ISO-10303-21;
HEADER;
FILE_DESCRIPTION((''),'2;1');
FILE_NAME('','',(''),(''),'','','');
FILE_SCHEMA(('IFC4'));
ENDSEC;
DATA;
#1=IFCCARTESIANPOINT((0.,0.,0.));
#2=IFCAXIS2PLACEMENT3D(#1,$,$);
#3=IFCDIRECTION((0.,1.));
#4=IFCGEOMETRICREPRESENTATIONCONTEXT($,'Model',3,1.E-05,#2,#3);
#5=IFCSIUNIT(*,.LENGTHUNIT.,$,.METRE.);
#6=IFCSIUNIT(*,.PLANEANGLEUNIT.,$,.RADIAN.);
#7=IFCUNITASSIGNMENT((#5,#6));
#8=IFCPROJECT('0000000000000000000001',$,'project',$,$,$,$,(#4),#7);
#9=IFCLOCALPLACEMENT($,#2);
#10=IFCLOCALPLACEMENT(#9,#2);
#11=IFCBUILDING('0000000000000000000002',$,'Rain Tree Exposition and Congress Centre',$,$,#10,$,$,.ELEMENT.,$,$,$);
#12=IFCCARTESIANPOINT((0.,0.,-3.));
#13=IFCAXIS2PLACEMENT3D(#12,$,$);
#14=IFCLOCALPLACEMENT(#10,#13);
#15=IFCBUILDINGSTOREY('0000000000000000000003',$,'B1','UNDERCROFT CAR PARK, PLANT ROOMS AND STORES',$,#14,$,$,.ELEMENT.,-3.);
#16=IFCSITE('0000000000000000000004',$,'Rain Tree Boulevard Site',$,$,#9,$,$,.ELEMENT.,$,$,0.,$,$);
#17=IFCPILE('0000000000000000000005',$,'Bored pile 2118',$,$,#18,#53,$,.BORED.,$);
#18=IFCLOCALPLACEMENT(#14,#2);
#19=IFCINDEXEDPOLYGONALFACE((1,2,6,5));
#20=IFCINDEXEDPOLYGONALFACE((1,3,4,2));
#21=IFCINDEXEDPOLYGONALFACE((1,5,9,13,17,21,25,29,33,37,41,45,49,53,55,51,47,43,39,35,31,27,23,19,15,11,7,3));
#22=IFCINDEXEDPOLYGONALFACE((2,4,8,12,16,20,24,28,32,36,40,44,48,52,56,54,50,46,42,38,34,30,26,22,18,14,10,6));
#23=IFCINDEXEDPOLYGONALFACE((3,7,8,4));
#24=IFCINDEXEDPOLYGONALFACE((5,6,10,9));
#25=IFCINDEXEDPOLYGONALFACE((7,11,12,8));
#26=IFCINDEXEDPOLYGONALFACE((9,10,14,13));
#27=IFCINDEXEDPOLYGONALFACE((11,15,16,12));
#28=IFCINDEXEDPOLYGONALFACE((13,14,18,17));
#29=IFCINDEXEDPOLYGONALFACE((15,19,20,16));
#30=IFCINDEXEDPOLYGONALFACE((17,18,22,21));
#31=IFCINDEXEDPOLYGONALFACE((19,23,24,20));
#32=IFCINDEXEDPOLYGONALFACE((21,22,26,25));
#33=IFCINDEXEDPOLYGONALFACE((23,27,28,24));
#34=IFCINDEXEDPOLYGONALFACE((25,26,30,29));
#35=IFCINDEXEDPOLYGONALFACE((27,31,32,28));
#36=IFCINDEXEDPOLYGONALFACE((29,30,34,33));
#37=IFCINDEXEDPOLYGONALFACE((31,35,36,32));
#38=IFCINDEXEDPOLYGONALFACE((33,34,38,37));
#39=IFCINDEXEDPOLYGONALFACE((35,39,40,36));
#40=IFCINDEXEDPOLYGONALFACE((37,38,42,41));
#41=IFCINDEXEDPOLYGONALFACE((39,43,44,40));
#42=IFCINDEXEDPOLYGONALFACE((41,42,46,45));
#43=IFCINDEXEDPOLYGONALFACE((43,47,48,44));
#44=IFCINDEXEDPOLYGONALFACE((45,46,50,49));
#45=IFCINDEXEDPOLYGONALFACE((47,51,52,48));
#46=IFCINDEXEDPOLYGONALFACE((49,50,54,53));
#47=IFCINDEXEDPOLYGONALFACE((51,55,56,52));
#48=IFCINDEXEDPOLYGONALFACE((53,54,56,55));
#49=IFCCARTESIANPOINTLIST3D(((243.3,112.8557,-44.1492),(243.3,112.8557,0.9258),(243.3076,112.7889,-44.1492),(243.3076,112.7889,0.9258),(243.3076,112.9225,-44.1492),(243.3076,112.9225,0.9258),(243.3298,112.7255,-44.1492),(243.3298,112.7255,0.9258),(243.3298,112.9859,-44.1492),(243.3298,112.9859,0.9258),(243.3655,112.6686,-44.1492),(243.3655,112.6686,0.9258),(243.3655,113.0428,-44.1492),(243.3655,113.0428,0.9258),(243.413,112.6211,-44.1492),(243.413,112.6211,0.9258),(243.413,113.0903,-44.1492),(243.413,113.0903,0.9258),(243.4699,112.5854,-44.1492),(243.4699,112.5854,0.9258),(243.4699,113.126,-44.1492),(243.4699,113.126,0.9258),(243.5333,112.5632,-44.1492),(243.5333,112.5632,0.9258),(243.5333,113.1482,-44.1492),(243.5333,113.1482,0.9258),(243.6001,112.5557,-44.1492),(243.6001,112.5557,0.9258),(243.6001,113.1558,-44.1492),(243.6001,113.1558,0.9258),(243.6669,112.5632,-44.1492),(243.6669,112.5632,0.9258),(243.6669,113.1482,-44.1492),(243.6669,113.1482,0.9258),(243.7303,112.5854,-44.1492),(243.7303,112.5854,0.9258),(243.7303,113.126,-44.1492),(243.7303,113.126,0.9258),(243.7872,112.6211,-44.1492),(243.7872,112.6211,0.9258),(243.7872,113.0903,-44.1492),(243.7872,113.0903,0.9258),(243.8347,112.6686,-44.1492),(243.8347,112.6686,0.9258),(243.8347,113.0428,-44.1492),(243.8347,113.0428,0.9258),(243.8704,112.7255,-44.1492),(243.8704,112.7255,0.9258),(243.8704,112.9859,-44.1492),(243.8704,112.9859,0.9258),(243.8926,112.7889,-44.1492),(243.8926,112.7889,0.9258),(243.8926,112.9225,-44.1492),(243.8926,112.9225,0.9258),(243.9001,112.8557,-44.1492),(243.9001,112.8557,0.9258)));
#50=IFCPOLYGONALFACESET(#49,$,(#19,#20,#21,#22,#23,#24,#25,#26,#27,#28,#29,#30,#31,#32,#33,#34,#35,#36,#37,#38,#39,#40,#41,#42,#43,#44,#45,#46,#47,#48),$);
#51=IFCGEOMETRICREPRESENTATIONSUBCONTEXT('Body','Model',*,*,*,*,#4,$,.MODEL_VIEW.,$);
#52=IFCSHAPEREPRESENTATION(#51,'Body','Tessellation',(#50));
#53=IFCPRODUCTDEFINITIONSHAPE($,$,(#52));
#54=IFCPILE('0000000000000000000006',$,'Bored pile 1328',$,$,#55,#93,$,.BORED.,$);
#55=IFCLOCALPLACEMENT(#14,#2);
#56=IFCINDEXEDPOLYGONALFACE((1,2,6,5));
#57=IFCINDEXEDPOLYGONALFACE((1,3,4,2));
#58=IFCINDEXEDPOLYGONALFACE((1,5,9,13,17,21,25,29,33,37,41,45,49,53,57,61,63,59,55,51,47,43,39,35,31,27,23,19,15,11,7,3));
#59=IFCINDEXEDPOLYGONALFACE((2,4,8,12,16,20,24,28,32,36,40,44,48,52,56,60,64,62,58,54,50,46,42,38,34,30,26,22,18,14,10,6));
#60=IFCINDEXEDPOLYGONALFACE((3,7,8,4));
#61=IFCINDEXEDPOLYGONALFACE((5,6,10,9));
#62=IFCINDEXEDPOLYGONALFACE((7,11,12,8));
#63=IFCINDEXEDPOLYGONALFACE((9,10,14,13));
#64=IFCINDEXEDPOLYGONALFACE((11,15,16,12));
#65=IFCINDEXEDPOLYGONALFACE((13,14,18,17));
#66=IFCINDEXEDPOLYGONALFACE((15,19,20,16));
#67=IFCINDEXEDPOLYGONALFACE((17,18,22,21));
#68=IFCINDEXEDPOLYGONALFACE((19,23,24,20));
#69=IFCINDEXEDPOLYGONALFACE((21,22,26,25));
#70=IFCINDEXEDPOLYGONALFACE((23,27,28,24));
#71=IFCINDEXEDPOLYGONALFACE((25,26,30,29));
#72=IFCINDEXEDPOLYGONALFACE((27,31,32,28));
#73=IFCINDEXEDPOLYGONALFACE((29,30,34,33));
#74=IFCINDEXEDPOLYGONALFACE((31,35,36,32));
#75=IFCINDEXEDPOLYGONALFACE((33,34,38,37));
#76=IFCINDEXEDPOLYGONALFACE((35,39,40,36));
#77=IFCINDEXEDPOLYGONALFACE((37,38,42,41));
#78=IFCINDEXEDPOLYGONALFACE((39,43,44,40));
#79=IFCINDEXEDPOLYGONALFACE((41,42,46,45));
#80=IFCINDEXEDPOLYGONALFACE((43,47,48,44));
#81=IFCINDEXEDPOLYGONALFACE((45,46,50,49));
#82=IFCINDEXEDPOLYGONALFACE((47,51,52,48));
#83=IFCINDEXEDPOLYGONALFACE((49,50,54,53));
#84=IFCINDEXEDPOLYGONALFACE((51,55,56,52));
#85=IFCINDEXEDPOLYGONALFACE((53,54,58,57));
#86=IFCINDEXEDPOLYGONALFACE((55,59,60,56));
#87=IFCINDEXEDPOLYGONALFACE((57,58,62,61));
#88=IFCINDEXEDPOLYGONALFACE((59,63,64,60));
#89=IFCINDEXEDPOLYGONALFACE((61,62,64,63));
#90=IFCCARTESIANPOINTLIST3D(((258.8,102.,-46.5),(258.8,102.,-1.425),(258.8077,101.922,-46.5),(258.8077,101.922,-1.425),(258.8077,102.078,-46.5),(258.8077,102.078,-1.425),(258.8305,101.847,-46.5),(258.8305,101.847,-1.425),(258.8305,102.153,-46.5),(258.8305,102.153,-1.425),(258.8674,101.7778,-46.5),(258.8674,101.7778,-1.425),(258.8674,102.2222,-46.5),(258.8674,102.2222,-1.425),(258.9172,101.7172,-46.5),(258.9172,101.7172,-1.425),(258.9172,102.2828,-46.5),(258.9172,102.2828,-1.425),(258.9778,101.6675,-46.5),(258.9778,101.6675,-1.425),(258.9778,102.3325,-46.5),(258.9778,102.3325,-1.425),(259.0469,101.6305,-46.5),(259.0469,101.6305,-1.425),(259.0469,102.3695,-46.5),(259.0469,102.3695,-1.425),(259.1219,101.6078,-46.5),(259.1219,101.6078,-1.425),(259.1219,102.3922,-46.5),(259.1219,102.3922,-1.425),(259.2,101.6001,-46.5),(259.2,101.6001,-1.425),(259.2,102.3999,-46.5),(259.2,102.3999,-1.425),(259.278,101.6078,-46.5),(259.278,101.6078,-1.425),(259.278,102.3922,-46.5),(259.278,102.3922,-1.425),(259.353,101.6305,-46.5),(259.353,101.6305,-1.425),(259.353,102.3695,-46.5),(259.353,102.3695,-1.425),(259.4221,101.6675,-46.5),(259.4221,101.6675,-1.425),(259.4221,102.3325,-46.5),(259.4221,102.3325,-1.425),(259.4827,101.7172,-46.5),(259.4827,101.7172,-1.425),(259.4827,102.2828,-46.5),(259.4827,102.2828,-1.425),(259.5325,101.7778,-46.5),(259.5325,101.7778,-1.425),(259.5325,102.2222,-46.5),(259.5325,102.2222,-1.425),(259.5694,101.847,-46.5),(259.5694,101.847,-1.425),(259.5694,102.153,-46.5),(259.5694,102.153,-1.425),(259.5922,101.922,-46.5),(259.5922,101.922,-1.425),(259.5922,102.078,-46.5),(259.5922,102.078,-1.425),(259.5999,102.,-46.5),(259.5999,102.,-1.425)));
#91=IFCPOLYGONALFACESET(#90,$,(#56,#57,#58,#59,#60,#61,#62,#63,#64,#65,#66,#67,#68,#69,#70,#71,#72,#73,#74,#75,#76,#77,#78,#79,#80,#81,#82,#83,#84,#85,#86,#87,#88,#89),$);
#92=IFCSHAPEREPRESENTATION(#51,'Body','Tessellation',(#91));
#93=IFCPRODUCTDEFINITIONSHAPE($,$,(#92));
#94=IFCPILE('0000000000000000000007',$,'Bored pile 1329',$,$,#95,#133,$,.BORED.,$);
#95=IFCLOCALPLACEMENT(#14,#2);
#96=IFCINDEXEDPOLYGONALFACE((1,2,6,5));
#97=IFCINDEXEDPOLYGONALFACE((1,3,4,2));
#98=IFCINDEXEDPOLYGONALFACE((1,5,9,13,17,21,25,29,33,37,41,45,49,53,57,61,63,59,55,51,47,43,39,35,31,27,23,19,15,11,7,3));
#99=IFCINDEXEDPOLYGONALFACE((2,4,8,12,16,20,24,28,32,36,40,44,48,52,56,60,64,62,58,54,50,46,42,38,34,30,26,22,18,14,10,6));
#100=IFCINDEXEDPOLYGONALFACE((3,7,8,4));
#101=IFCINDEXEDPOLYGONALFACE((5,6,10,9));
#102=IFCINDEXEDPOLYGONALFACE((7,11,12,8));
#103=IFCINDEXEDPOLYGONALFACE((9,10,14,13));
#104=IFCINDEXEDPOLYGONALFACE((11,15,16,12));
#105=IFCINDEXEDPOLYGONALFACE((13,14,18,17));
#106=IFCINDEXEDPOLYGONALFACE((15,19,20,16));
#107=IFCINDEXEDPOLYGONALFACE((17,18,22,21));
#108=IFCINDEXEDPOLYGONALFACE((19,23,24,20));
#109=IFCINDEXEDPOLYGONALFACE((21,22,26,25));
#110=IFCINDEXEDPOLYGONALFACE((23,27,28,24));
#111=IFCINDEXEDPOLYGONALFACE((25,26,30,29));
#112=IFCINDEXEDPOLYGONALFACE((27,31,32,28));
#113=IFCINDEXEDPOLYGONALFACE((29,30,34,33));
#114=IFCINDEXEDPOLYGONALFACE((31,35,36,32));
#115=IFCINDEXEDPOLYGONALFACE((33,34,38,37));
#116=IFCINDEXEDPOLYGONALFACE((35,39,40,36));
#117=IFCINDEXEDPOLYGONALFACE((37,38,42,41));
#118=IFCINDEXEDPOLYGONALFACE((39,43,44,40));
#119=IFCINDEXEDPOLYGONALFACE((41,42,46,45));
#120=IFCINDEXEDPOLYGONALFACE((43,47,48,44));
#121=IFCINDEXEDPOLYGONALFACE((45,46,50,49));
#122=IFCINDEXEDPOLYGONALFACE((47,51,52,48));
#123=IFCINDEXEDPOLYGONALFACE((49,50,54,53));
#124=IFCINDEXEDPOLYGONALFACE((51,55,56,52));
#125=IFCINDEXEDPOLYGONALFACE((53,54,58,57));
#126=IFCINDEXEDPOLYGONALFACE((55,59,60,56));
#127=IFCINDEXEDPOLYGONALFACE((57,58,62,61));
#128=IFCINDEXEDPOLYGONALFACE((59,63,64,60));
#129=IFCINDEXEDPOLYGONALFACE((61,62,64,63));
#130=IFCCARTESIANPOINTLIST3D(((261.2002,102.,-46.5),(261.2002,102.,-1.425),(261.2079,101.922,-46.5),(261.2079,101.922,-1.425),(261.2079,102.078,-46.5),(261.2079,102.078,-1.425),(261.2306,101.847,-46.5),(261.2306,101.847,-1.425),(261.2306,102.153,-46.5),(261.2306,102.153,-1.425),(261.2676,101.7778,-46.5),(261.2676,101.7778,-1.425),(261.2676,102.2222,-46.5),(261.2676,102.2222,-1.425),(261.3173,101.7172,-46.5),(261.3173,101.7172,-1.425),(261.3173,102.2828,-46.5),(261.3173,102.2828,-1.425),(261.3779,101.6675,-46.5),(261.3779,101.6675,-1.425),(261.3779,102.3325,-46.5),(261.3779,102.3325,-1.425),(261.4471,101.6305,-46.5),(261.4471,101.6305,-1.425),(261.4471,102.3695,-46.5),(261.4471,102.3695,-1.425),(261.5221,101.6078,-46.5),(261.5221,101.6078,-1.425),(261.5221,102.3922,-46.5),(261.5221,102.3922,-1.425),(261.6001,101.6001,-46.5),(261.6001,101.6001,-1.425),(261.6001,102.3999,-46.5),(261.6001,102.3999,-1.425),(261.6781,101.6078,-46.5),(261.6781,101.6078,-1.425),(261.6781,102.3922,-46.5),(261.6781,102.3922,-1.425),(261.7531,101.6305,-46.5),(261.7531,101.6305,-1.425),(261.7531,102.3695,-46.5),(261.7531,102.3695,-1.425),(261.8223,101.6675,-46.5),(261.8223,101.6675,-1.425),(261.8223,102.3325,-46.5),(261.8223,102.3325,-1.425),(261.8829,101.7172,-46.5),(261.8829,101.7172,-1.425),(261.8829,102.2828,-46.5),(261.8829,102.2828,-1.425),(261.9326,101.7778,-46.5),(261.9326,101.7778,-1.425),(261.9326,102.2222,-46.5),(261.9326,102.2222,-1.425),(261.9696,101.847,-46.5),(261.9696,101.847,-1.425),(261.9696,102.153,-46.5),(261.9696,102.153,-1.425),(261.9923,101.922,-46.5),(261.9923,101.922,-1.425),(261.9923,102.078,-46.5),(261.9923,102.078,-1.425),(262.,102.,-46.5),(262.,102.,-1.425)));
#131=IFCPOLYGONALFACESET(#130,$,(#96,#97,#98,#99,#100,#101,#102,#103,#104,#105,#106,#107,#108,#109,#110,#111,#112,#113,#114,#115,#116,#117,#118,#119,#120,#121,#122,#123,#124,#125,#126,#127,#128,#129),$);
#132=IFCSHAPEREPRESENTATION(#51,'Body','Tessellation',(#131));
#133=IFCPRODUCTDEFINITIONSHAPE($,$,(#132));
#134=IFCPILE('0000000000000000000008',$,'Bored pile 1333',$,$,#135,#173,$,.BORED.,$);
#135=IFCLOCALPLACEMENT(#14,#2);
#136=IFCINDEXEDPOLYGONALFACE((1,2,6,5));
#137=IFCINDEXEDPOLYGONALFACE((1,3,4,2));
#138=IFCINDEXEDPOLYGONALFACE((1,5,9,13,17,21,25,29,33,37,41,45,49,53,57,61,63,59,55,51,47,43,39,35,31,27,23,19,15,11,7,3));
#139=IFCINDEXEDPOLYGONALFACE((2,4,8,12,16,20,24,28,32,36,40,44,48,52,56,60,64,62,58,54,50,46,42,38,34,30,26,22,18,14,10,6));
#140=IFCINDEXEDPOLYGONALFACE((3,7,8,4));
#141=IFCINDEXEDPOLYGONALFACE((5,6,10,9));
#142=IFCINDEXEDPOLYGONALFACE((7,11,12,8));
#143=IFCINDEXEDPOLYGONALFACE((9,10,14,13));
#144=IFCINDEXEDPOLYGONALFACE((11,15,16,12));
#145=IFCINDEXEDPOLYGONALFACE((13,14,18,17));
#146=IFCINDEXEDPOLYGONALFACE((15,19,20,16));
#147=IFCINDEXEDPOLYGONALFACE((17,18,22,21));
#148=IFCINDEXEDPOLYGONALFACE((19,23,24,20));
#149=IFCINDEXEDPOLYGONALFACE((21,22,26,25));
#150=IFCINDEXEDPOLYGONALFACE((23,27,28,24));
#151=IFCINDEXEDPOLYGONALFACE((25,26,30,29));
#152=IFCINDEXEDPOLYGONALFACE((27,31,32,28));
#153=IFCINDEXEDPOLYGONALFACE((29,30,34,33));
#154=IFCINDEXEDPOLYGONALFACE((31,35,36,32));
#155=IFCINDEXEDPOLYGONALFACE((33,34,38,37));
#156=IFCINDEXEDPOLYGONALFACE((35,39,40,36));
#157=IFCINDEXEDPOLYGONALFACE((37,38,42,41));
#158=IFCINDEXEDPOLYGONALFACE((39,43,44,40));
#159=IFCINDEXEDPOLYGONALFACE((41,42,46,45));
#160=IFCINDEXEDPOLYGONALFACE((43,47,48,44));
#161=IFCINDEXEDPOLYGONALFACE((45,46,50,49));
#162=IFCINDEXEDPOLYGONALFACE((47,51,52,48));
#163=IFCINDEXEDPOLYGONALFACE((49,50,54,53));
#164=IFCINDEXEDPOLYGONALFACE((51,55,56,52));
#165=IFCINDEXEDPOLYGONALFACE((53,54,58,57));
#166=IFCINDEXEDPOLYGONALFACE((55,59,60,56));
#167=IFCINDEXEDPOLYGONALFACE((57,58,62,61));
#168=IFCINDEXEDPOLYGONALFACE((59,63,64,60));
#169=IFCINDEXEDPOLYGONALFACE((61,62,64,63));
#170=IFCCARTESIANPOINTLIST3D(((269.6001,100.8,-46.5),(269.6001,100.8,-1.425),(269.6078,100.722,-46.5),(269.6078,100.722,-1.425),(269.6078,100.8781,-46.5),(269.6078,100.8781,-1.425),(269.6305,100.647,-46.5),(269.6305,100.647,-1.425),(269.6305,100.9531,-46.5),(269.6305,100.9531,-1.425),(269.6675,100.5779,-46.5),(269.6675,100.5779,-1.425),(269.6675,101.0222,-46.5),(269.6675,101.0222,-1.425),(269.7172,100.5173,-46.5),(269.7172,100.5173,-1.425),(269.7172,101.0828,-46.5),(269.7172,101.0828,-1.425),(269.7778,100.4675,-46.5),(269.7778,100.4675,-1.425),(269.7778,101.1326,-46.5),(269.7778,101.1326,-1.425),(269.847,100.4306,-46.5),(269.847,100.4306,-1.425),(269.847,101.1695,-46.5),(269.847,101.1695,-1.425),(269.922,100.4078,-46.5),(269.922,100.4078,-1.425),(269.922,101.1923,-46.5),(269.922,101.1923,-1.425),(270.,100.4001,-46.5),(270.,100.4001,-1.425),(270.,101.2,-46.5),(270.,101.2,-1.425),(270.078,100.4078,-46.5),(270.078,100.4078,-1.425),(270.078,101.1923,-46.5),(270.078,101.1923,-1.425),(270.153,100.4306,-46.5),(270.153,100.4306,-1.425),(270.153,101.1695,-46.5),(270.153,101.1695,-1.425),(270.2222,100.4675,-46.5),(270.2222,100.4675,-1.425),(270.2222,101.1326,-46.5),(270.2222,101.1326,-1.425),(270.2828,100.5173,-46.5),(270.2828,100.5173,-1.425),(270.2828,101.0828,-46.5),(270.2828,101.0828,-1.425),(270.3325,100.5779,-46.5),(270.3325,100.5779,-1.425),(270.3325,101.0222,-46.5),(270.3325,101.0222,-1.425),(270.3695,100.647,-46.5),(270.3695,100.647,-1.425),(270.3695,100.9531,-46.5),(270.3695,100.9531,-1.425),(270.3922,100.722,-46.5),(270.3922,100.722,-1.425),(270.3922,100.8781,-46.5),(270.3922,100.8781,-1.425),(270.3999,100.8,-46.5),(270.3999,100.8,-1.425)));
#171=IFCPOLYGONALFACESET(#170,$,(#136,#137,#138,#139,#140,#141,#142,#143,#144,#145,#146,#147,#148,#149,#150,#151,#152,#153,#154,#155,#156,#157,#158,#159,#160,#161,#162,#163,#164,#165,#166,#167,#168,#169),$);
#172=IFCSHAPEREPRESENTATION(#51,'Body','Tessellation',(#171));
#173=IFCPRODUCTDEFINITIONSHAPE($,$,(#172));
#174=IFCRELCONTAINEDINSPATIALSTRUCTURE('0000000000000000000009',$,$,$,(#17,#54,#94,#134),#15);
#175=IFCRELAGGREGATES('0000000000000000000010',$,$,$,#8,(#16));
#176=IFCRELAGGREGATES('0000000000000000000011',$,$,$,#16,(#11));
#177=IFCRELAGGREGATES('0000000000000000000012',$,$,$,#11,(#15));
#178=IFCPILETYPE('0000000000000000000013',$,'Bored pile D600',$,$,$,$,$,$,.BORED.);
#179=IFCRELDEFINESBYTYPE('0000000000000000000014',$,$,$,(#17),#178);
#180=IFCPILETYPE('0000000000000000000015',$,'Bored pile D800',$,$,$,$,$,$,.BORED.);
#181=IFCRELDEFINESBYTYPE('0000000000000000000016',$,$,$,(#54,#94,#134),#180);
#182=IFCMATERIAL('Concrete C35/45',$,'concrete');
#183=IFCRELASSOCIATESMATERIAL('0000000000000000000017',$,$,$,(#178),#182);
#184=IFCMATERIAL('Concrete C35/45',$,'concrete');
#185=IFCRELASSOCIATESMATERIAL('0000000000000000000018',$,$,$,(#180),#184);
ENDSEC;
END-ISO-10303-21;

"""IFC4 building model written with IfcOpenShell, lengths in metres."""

from ifc_helpers import new_model, si_unit, direction, frame, origin, origin_2d, place, context, subcontext, project, spatial, circle, extrude, material, material_profile, profile_set, type_object, element, save


model = new_model("IFC4")

# Units and contexts
model_context = context("Model", 3, precision=1e-05, world=origin(), true_north=direction((0.0, 1.0)))
body_context = subcontext(model_context, "Body", "Model", "MODEL_VIEW")
ifc_project = project(units=[si_unit("LENGTHUNIT", "METRE"), si_unit("PLANEANGLEUNIT", "RADIAN")], contexts=[model_context])

# Site, building, storey
site_placement = place(None, origin())
site = spatial("IfcSite", under=ifc_project, at=site_placement, Name="Rain Tree Boulevard Site", CompositionType="ELEMENT", RefElevation=0.0)
building_placement = place(site_placement, origin())
building = spatial("IfcBuilding", under=site, at=building_placement, Name="Rain Tree Exposition and Congress Centre", CompositionType="ELEMENT")
storey_placement = place(building_placement, frame((0.0, 0.0, -3.0)))
storey = spatial("IfcBuildingStorey", under=building, at=storey_placement, Name="B1", Description="UNDERCROFT CAR PARK, PLANT ROOMS AND STORES", CompositionType="ELEMENT", Elevation=-3.0)

# Piles
ifc_material_1 = material(Name="Concrete C35/45", Category="concrete")
ifc_material_profile_1 = material_profile(ifc_material_1, circle(Radius=0.3, at=origin_2d()), Name="D600")
ifc_profile_set_1 = profile_set([ifc_material_profile_1], Name="Concrete C35/45")
pile_type_1 = type_object("IfcPileType", Name="Bored pile D600", PredefinedType="BORED", material=ifc_profile_set_1)
for number, where, z_axis, x_axis, name in (
    (1, (243.6001, 112.8557, 0.9258), (0.0, 0.0, -1.0), (1.0, 0.0, 0.0), "Bored pile 2118"),
):
    element("IfcPile", number, at=place(storey_placement, frame(where, z_axis=z_axis, x_axis=x_axis)), inside=storey, type_object=pile_type_1, Name=name, PredefinedType="BORED", context=body_context, shape_type="SweptSolid", body=[
        extrude(circle(Radius=0.3, at=origin_2d()), origin(), (0.0, 0.0, 1.0), 45.075),
    ])
ifc_material_2 = material(Name="Concrete C35/45", Category="concrete")
ifc_material_profile_2 = material_profile(ifc_material_2, circle(Radius=0.3999, at=origin_2d()), Name="D800")
ifc_profile_set_2 = profile_set([ifc_material_profile_2], Name="Concrete C35/45")
pile_type_2 = type_object("IfcPileType", Name="Bored pile D800", PredefinedType="BORED", material=ifc_profile_set_2)
for number, where, z_axis, x_axis, name in (
    (2, (259.2, 102.0, -1.425), (0.0, 0.0, -1.0), (1.0, 0.0, 0.0), "Bored pile 1328"),
    (3, (261.6001, 102.0, -1.425), (0.0, 0.0, -1.0), (1.0, 0.0, 0.0), "Bored pile 1329"),
    (4, (270.0, 100.8, -1.425), (0.0, 0.0, -1.0), (1.0, 0.0, 0.0), "Bored pile 1333"),
):
    element("IfcPile", number, at=place(storey_placement, frame(where, z_axis=z_axis, x_axis=x_axis)), inside=storey, type_object=pile_type_2, Name=name, PredefinedType="BORED", context=body_context, shape_type="SweptSolid", body=[
        extrude(circle(Radius=0.3999, at=origin_2d()), origin(), (0.0, 0.0, 1.0), 45.075),
    ])

save(model, "model.ifc")
